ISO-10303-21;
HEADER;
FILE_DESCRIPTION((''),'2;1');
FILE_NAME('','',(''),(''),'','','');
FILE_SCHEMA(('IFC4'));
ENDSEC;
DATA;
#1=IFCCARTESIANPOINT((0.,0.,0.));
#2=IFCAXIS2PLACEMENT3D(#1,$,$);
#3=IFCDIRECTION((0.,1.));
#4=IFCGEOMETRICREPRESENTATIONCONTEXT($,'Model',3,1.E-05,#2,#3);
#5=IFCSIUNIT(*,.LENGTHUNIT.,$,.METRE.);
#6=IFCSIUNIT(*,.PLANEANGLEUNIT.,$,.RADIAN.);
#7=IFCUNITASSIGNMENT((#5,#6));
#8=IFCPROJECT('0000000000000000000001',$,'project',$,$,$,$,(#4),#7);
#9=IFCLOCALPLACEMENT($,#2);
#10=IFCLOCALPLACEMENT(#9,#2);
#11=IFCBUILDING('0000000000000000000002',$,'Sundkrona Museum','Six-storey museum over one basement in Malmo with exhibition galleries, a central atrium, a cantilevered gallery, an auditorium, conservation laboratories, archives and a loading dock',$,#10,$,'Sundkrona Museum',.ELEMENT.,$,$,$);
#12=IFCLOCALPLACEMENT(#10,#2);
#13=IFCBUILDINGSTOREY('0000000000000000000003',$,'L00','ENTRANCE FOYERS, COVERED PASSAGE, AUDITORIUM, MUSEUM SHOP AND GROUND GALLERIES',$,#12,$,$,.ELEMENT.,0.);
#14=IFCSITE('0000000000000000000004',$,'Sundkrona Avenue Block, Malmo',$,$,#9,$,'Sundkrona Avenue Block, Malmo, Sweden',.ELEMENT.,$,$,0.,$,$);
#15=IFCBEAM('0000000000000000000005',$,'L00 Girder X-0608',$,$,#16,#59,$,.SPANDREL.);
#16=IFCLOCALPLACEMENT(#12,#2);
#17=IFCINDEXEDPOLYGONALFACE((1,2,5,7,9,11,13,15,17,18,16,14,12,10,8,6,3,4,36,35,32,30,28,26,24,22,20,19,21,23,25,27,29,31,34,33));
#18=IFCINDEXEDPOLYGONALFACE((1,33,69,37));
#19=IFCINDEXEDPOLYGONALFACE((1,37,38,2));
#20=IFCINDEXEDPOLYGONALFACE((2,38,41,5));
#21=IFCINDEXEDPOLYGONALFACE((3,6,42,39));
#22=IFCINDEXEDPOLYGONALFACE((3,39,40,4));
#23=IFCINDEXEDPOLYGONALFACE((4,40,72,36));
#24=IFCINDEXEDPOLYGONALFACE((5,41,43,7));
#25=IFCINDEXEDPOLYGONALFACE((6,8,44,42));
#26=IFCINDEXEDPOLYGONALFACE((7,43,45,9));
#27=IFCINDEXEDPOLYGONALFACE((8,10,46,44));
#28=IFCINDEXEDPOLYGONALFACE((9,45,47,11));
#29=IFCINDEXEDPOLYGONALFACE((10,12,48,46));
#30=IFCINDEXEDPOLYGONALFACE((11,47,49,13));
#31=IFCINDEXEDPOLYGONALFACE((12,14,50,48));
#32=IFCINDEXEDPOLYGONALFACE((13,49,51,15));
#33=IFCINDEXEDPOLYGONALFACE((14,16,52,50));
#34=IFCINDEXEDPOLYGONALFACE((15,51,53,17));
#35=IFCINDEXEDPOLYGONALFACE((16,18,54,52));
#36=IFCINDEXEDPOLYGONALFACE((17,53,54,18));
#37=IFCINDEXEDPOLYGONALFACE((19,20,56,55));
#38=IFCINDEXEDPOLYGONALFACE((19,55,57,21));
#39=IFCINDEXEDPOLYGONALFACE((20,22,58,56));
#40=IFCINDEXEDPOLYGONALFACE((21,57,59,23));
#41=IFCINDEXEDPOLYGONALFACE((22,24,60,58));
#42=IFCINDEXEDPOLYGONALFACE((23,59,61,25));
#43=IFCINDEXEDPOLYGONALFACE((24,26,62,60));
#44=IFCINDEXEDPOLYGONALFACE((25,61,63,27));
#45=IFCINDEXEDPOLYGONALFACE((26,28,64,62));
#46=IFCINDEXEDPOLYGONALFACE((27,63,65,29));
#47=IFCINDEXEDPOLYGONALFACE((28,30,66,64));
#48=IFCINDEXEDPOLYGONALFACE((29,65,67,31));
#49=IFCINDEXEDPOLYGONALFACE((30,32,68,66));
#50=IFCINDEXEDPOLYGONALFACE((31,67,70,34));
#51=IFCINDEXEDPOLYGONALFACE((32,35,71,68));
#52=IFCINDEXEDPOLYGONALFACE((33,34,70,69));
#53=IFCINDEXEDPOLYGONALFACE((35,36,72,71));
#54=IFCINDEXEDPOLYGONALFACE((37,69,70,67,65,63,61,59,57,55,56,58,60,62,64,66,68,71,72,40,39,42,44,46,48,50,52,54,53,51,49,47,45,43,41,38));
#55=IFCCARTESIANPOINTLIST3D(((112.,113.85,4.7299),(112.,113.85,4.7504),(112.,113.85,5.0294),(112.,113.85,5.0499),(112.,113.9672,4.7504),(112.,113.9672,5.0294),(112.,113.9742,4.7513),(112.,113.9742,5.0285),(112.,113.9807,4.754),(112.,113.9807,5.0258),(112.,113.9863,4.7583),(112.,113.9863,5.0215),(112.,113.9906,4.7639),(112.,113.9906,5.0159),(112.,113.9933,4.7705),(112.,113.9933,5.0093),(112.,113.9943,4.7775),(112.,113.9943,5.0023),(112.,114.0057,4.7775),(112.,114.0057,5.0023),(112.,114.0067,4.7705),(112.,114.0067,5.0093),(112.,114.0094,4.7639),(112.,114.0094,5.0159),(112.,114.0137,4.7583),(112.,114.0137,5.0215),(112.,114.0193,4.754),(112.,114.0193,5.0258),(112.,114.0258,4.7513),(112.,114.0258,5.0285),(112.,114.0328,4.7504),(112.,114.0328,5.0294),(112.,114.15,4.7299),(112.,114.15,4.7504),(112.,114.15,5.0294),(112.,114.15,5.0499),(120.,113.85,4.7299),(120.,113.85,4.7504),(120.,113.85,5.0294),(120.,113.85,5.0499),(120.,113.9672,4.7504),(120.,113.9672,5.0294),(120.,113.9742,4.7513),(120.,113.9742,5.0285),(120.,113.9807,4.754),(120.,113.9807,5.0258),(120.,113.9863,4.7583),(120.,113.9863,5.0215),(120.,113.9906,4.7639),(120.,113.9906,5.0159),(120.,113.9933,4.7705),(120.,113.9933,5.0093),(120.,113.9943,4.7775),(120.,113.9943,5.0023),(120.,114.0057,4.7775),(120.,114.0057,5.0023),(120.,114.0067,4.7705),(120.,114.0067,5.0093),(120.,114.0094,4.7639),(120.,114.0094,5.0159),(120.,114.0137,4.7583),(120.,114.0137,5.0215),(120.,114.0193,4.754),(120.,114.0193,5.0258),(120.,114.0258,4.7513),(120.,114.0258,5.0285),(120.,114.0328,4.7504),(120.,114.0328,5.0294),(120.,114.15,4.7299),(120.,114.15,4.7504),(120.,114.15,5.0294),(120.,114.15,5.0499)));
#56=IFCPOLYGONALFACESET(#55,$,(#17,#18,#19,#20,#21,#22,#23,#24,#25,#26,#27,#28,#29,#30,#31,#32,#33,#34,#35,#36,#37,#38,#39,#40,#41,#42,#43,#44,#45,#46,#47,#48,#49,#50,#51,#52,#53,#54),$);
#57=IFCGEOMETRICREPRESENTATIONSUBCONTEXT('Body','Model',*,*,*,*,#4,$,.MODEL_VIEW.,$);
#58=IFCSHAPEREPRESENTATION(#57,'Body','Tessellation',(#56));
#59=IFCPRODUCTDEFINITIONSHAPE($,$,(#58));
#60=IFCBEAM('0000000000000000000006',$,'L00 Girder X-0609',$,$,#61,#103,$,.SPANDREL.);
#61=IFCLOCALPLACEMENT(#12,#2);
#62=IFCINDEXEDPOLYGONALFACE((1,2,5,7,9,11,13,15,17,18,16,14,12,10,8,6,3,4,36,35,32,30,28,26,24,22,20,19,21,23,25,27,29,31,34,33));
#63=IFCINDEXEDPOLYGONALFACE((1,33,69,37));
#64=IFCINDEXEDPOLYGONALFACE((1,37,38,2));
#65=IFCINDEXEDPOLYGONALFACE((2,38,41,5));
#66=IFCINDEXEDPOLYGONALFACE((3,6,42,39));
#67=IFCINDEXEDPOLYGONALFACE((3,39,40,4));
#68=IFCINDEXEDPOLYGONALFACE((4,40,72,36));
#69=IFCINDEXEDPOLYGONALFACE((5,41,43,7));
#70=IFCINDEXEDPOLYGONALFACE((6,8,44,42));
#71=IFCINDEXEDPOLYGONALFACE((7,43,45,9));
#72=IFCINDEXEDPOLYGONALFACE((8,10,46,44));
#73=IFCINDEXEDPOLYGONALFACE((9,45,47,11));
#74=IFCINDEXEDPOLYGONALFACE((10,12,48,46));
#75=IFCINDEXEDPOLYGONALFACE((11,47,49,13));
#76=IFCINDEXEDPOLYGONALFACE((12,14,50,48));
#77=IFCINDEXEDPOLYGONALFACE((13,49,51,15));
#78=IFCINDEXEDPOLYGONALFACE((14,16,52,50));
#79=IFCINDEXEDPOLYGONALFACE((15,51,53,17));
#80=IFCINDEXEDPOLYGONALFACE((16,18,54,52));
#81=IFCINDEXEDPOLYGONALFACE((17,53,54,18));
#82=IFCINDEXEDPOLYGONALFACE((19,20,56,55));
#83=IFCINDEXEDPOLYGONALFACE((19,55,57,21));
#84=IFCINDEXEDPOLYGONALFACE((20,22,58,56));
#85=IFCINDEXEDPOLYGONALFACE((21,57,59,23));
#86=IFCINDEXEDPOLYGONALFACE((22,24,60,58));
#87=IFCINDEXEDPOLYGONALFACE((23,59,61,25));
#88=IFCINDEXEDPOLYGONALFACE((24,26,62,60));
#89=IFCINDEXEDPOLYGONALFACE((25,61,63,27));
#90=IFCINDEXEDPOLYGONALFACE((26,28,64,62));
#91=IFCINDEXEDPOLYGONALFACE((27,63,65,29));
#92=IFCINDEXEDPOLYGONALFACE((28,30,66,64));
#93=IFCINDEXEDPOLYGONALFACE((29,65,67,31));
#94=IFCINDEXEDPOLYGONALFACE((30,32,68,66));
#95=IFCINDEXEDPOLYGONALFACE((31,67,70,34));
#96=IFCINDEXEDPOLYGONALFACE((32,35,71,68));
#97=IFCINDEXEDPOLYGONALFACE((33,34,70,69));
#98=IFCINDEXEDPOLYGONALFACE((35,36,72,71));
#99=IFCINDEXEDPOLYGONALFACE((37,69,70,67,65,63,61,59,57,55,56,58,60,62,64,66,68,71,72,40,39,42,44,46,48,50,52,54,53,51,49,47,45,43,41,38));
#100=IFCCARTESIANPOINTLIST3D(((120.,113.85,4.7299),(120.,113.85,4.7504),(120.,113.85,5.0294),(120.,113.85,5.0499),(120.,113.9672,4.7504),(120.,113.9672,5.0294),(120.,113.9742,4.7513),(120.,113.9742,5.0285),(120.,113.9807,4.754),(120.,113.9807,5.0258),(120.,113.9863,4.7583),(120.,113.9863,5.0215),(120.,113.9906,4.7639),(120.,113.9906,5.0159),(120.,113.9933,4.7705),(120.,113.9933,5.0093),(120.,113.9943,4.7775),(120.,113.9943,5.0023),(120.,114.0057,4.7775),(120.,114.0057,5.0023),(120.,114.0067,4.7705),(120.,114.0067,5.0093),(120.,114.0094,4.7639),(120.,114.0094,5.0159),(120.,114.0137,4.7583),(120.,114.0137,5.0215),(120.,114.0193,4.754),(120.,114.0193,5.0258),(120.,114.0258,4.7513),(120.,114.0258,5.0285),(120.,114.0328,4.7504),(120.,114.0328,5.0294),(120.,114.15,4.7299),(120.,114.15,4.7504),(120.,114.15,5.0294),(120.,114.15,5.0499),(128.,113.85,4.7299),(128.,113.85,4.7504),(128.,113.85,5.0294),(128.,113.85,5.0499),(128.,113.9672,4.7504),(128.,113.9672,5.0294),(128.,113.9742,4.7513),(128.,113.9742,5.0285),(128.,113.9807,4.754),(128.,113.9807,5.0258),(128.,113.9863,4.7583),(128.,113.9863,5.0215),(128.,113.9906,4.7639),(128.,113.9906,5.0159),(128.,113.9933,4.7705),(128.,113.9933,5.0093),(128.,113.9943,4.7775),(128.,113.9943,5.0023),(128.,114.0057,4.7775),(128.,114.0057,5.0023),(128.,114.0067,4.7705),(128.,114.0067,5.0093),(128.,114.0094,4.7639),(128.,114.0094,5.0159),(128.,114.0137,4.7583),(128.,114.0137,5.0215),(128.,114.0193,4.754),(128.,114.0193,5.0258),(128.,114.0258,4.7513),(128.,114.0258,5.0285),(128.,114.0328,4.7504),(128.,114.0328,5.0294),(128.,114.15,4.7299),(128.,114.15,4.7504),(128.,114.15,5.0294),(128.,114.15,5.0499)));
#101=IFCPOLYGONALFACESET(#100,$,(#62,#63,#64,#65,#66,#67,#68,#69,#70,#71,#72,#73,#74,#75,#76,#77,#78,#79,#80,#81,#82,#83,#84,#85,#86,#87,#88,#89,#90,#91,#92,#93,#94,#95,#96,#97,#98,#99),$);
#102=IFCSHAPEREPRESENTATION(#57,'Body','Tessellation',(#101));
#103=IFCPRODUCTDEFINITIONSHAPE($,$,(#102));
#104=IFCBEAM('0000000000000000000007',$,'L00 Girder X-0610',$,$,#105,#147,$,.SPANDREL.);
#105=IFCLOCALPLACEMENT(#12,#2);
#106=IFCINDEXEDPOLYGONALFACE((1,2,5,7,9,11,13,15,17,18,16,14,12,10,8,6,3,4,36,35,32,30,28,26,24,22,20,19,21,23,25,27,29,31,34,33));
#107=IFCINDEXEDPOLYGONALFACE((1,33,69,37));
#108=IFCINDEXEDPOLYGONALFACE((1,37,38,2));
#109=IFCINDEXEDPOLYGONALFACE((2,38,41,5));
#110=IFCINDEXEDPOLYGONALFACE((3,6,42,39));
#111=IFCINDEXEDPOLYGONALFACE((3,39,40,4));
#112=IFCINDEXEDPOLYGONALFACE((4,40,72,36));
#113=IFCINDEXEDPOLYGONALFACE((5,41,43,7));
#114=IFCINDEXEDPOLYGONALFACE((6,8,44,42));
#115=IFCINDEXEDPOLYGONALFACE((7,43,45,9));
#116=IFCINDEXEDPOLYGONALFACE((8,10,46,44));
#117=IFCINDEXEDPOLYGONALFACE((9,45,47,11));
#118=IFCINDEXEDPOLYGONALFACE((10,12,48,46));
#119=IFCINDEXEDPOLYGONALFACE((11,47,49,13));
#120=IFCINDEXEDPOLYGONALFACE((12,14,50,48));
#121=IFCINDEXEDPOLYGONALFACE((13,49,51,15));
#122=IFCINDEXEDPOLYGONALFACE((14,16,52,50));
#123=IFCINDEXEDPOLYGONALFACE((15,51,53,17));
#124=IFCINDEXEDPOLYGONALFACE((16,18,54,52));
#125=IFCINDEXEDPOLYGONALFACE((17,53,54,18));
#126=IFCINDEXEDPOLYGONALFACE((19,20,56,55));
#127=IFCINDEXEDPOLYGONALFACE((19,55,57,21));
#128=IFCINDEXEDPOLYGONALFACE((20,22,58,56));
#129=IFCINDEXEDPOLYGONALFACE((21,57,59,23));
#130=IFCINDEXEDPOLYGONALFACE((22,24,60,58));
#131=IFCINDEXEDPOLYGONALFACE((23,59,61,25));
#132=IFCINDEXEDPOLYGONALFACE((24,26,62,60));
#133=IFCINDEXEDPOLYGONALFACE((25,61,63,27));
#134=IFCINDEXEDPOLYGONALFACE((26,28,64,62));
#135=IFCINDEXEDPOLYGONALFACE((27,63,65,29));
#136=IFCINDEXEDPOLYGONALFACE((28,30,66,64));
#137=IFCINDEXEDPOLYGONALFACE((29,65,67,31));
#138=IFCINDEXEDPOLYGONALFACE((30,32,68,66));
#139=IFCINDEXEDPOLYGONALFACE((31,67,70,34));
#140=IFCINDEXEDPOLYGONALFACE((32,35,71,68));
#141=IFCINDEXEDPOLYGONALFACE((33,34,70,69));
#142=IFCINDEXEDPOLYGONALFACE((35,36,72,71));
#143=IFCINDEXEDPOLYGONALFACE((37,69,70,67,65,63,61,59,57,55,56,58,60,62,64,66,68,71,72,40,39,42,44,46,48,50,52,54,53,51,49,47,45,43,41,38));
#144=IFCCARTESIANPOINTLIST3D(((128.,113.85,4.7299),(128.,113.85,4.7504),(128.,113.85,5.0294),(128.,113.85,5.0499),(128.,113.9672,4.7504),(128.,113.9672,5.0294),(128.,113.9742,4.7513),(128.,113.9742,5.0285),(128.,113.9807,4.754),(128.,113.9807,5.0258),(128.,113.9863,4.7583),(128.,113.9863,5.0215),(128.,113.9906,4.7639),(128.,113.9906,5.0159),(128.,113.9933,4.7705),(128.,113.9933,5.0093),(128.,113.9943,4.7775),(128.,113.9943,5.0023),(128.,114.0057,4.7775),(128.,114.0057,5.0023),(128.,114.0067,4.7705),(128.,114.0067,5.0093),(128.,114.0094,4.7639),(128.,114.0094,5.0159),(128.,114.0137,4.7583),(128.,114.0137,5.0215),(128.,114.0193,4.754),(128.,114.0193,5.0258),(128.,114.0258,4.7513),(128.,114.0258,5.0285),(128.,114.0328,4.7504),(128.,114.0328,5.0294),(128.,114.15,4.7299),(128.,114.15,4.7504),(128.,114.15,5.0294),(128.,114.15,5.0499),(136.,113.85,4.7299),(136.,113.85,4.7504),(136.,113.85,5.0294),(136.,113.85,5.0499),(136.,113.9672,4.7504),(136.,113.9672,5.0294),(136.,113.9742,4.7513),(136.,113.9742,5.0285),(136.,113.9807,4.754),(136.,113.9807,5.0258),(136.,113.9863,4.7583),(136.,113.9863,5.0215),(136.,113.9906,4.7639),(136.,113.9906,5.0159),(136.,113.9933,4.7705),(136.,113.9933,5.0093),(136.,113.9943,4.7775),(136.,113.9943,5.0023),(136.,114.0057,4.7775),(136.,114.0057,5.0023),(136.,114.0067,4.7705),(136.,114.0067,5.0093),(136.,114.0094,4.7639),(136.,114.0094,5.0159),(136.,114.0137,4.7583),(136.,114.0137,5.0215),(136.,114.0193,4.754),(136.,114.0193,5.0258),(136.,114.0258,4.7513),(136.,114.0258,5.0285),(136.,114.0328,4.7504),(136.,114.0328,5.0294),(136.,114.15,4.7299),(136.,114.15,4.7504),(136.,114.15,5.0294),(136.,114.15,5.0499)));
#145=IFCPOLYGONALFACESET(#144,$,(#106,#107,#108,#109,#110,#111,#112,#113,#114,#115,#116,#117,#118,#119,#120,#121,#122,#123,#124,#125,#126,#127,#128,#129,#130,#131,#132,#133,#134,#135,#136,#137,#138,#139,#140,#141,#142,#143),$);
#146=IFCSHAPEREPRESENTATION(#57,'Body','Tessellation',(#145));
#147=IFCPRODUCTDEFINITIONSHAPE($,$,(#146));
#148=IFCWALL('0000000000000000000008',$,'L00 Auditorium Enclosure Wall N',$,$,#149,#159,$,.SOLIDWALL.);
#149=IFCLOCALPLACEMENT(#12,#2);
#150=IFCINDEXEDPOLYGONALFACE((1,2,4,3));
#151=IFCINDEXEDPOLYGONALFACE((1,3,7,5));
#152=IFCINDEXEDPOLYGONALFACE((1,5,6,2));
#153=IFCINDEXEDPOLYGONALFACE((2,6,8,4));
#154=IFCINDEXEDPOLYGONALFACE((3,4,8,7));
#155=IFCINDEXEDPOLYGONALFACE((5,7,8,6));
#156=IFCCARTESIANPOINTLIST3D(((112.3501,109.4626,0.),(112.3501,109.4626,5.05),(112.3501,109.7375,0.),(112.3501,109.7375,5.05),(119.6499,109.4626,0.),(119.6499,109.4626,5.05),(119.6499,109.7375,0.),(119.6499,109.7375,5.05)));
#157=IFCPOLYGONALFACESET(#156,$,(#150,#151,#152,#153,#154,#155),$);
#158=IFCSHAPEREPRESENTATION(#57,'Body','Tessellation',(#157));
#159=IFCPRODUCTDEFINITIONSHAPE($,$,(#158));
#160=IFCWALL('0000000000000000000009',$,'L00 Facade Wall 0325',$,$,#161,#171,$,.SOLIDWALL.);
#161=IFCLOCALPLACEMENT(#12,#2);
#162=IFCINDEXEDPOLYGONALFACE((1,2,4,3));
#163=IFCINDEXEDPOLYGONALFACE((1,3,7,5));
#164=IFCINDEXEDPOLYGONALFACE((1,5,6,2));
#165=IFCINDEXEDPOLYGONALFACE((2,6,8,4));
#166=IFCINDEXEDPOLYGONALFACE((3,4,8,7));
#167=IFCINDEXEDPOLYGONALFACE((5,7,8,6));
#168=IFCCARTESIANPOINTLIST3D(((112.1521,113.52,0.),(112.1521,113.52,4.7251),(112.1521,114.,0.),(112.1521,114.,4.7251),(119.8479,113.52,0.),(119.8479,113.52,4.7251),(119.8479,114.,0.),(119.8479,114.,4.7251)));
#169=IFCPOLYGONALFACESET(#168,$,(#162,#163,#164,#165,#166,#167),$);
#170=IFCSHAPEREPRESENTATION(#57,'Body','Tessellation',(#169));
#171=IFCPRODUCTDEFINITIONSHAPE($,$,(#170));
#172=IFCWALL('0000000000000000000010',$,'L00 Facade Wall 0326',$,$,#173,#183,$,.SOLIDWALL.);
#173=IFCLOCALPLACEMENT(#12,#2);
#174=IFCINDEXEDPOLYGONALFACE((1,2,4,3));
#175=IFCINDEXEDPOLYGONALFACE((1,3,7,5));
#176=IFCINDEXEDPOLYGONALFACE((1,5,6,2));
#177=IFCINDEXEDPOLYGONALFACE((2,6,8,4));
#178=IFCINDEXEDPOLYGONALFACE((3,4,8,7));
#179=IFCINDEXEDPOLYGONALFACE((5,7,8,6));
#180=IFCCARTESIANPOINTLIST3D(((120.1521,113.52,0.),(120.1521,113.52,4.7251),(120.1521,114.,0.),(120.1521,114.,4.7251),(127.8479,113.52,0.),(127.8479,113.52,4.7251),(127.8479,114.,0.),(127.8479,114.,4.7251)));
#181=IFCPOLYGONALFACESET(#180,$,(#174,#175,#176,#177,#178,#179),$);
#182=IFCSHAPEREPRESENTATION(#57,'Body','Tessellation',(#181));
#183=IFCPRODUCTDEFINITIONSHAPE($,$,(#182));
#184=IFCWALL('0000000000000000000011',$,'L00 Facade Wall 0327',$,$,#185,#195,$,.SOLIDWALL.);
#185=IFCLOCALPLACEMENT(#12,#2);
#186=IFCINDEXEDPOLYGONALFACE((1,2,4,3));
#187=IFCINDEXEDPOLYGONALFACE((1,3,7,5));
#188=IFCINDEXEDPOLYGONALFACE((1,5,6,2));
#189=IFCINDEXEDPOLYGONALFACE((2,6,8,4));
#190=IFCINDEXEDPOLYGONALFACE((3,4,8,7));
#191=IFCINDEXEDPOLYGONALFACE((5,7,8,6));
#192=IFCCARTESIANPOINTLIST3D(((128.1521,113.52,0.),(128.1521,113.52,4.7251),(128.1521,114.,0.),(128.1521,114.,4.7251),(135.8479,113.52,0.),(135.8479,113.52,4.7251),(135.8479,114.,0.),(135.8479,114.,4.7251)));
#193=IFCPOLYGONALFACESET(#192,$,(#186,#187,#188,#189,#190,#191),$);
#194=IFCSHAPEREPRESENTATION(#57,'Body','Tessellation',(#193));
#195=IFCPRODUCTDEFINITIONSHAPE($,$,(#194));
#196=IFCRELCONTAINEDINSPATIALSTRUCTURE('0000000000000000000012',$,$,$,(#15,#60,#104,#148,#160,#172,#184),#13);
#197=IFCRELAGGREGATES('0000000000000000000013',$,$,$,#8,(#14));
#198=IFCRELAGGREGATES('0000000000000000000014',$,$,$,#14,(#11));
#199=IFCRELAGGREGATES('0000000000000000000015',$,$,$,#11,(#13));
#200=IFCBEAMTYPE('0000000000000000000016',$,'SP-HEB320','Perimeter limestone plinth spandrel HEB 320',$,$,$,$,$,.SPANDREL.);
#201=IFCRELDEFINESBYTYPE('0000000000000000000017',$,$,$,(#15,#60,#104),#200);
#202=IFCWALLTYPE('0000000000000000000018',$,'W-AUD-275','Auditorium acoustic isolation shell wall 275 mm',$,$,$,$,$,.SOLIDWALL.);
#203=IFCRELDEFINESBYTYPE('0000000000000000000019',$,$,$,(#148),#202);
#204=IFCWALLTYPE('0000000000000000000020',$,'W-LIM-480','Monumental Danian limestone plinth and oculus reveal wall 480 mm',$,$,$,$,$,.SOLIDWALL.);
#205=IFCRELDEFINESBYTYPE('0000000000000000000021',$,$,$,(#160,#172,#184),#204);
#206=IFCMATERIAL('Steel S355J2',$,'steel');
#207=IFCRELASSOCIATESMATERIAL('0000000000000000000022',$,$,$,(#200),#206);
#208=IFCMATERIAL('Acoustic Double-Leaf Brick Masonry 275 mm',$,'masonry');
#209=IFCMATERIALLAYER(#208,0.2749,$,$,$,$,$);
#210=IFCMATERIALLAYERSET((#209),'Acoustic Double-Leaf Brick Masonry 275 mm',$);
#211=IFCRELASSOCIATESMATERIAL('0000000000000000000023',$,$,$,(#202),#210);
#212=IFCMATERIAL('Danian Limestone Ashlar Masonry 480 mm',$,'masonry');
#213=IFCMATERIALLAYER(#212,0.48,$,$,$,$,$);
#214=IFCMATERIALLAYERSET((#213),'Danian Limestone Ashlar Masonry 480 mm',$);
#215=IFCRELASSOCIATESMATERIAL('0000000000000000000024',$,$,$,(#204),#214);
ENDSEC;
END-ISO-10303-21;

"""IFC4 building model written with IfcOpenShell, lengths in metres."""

from ifc_helpers import new_model, si_unit, direction, frame, frame_2d, origin, origin_2d, place, context, subcontext, project, spatial, rectangle, i_section, extrude, material, layer, layer_set, material_profile, profile_set, type_object, element, save


model = new_model("IFC4")

# Units and contexts
model_context = context("Model", 3, precision=1e-05, world=origin(), true_north=direction((0.0, 1.0)))
body_context = subcontext(model_context, "Body", "Model", "MODEL_VIEW")
ifc_project = project(units=[si_unit("LENGTHUNIT", "METRE"), si_unit("PLANEANGLEUNIT", "RADIAN")], contexts=[model_context])

# Site, building, storey
site_placement = place(None, origin())
site = spatial("IfcSite", under=ifc_project, at=site_placement, Name="Sundkrona Avenue Block, Malmo", LongName="Sundkrona Avenue Block, Malmo, Sweden", CompositionType="ELEMENT", RefElevation=0.0)
building_placement = place(site_placement, origin())
building = spatial("IfcBuilding", under=site, at=building_placement, Name="Sundkrona Museum", Description="Six-storey museum over one basement in Malmo with exhibition galleries, a central atrium, a cantilevered gallery, an auditorium, conservation laboratories, archives and a loading dock", LongName="Sundkrona Museum", CompositionType="ELEMENT")
storey_placement = place(building_placement, origin())
storey = spatial("IfcBuildingStorey", under=building, at=storey_placement, Name="L00", Description="ENTRANCE FOYERS, COVERED PASSAGE, AUDITORIUM, MUSEUM SHOP AND GROUND GALLERIES", CompositionType="ELEMENT", Elevation=0.0)

# Shared definitions
ifc_material_1 = material(Name="Steel S355J2", Category="steel")

# Beams
ifc_material_profile_1 = material_profile(ifc_material_1, i_section(OverallWidth=0.3, OverallDepth=0.3201, WebThickness=0.0115, FlangeThickness=0.0205, FilletRadius=0.0271, at=origin_2d()), Name="HEB 320")
ifc_profile_set_1 = profile_set([ifc_material_profile_1], Name="Steel S355J2")
beam_type_1 = type_object("IfcBeamType", Name="SP-HEB320", Description="Perimeter limestone plinth spandrel HEB 320", PredefinedType="SPANDREL", material=ifc_profile_set_1)
for number, where, z_axis, x_axis, name in (
    (1, (112.0, 114.0, 4.8899), (1.0, 0.0, 0.0), (0.0, 1.0, 0.0), "L00 Girder X-0608"),
    (2, (120.0, 114.0, 4.8899), (1.0, 0.0, 0.0), (0.0, 1.0, 0.0), "L00 Girder X-0609"),
    (3, (128.0, 114.0, 4.8899), (1.0, 0.0, 0.0), (0.0, 1.0, 0.0), "L00 Girder X-0610"),
):
    element("IfcBeam", number, at=place(storey_placement, frame(where, z_axis=z_axis, x_axis=x_axis)), inside=storey, type_object=beam_type_1, Name=name, PredefinedType="SPANDREL", context=body_context, shape_type="SweptSolid", body=[
        extrude(i_section(OverallWidth=0.3, OverallDepth=0.3201, WebThickness=0.0115, FlangeThickness=0.0205, FilletRadius=0.0271, at=origin_2d()), origin(), (0.0, 0.0, 1.0), 8.0),
    ])

# Walls
ifc_material_2 = material(Name="Acoustic Double-Leaf Brick Masonry 275 mm", Category="masonry")
ifc_layer_1 = layer(ifc_material_2, 0.2749)
ifc_layer_set_1 = layer_set([ifc_layer_1], Name="Acoustic Double-Leaf Brick Masonry 275 mm")
wall_type_1 = type_object("IfcWallType", Name="W-AUD-275", Description="Auditorium acoustic isolation shell wall 275 mm", PredefinedType="SOLIDWALL", material=ifc_layer_set_1)
wall_placement = place(storey_placement, frame((112.3501, 109.6001, 0.0), z_axis=(0.0, 0.0, 1.0), x_axis=(1.0, 0.0, 0.0)))
element("IfcWall", 4, at=wall_placement, inside=storey, type_object=wall_type_1, Name="L00 Auditorium Enclosure Wall N", PredefinedType="SOLIDWALL", context=body_context, shape_type="SweptSolid", body=[
    extrude(rectangle(XDim=7.2998, YDim=0.2749, at=frame_2d((3.6499, 0.0))), origin(), (0.0, 0.0, 1.0), 5.05),
])
ifc_material_3 = material(Name="Danian Limestone Ashlar Masonry 480 mm", Category="masonry")
ifc_layer_2 = layer(ifc_material_3, 0.48)
ifc_layer_set_2 = layer_set([ifc_layer_2], Name="Danian Limestone Ashlar Masonry 480 mm")
wall_type_2 = type_object("IfcWallType", Name="W-LIM-480", Description="Monumental Danian limestone plinth and oculus reveal wall 480 mm", PredefinedType="SOLIDWALL", material=ifc_layer_set_2)
for number, where, z_axis, x_axis, name in (
    (5, (112.1521, 113.76, 0.0), (0.0, 0.0, 1.0), (1.0, 0.0, 0.0), "L00 Facade Wall 0325"),
    (6, (120.1521, 113.76, 0.0), (0.0, 0.0, 1.0), (1.0, 0.0, 0.0), "L00 Facade Wall 0326"),
    (7, (128.1521, 113.76, 0.0), (0.0, 0.0, 1.0), (1.0, 0.0, 0.0), "L00 Facade Wall 0327"),
):
    element("IfcWall", number, at=place(storey_placement, frame(where, z_axis=z_axis, x_axis=x_axis)), inside=storey, type_object=wall_type_2, Name=name, PredefinedType="SOLIDWALL", context=body_context, shape_type="SweptSolid", body=[
        extrude(rectangle(XDim=7.6958, YDim=0.48, at=frame_2d((3.8479, 0.0))), origin(), (0.0, 0.0, 1.0), 4.7251),
    ])

save(model, "model.ifc")
